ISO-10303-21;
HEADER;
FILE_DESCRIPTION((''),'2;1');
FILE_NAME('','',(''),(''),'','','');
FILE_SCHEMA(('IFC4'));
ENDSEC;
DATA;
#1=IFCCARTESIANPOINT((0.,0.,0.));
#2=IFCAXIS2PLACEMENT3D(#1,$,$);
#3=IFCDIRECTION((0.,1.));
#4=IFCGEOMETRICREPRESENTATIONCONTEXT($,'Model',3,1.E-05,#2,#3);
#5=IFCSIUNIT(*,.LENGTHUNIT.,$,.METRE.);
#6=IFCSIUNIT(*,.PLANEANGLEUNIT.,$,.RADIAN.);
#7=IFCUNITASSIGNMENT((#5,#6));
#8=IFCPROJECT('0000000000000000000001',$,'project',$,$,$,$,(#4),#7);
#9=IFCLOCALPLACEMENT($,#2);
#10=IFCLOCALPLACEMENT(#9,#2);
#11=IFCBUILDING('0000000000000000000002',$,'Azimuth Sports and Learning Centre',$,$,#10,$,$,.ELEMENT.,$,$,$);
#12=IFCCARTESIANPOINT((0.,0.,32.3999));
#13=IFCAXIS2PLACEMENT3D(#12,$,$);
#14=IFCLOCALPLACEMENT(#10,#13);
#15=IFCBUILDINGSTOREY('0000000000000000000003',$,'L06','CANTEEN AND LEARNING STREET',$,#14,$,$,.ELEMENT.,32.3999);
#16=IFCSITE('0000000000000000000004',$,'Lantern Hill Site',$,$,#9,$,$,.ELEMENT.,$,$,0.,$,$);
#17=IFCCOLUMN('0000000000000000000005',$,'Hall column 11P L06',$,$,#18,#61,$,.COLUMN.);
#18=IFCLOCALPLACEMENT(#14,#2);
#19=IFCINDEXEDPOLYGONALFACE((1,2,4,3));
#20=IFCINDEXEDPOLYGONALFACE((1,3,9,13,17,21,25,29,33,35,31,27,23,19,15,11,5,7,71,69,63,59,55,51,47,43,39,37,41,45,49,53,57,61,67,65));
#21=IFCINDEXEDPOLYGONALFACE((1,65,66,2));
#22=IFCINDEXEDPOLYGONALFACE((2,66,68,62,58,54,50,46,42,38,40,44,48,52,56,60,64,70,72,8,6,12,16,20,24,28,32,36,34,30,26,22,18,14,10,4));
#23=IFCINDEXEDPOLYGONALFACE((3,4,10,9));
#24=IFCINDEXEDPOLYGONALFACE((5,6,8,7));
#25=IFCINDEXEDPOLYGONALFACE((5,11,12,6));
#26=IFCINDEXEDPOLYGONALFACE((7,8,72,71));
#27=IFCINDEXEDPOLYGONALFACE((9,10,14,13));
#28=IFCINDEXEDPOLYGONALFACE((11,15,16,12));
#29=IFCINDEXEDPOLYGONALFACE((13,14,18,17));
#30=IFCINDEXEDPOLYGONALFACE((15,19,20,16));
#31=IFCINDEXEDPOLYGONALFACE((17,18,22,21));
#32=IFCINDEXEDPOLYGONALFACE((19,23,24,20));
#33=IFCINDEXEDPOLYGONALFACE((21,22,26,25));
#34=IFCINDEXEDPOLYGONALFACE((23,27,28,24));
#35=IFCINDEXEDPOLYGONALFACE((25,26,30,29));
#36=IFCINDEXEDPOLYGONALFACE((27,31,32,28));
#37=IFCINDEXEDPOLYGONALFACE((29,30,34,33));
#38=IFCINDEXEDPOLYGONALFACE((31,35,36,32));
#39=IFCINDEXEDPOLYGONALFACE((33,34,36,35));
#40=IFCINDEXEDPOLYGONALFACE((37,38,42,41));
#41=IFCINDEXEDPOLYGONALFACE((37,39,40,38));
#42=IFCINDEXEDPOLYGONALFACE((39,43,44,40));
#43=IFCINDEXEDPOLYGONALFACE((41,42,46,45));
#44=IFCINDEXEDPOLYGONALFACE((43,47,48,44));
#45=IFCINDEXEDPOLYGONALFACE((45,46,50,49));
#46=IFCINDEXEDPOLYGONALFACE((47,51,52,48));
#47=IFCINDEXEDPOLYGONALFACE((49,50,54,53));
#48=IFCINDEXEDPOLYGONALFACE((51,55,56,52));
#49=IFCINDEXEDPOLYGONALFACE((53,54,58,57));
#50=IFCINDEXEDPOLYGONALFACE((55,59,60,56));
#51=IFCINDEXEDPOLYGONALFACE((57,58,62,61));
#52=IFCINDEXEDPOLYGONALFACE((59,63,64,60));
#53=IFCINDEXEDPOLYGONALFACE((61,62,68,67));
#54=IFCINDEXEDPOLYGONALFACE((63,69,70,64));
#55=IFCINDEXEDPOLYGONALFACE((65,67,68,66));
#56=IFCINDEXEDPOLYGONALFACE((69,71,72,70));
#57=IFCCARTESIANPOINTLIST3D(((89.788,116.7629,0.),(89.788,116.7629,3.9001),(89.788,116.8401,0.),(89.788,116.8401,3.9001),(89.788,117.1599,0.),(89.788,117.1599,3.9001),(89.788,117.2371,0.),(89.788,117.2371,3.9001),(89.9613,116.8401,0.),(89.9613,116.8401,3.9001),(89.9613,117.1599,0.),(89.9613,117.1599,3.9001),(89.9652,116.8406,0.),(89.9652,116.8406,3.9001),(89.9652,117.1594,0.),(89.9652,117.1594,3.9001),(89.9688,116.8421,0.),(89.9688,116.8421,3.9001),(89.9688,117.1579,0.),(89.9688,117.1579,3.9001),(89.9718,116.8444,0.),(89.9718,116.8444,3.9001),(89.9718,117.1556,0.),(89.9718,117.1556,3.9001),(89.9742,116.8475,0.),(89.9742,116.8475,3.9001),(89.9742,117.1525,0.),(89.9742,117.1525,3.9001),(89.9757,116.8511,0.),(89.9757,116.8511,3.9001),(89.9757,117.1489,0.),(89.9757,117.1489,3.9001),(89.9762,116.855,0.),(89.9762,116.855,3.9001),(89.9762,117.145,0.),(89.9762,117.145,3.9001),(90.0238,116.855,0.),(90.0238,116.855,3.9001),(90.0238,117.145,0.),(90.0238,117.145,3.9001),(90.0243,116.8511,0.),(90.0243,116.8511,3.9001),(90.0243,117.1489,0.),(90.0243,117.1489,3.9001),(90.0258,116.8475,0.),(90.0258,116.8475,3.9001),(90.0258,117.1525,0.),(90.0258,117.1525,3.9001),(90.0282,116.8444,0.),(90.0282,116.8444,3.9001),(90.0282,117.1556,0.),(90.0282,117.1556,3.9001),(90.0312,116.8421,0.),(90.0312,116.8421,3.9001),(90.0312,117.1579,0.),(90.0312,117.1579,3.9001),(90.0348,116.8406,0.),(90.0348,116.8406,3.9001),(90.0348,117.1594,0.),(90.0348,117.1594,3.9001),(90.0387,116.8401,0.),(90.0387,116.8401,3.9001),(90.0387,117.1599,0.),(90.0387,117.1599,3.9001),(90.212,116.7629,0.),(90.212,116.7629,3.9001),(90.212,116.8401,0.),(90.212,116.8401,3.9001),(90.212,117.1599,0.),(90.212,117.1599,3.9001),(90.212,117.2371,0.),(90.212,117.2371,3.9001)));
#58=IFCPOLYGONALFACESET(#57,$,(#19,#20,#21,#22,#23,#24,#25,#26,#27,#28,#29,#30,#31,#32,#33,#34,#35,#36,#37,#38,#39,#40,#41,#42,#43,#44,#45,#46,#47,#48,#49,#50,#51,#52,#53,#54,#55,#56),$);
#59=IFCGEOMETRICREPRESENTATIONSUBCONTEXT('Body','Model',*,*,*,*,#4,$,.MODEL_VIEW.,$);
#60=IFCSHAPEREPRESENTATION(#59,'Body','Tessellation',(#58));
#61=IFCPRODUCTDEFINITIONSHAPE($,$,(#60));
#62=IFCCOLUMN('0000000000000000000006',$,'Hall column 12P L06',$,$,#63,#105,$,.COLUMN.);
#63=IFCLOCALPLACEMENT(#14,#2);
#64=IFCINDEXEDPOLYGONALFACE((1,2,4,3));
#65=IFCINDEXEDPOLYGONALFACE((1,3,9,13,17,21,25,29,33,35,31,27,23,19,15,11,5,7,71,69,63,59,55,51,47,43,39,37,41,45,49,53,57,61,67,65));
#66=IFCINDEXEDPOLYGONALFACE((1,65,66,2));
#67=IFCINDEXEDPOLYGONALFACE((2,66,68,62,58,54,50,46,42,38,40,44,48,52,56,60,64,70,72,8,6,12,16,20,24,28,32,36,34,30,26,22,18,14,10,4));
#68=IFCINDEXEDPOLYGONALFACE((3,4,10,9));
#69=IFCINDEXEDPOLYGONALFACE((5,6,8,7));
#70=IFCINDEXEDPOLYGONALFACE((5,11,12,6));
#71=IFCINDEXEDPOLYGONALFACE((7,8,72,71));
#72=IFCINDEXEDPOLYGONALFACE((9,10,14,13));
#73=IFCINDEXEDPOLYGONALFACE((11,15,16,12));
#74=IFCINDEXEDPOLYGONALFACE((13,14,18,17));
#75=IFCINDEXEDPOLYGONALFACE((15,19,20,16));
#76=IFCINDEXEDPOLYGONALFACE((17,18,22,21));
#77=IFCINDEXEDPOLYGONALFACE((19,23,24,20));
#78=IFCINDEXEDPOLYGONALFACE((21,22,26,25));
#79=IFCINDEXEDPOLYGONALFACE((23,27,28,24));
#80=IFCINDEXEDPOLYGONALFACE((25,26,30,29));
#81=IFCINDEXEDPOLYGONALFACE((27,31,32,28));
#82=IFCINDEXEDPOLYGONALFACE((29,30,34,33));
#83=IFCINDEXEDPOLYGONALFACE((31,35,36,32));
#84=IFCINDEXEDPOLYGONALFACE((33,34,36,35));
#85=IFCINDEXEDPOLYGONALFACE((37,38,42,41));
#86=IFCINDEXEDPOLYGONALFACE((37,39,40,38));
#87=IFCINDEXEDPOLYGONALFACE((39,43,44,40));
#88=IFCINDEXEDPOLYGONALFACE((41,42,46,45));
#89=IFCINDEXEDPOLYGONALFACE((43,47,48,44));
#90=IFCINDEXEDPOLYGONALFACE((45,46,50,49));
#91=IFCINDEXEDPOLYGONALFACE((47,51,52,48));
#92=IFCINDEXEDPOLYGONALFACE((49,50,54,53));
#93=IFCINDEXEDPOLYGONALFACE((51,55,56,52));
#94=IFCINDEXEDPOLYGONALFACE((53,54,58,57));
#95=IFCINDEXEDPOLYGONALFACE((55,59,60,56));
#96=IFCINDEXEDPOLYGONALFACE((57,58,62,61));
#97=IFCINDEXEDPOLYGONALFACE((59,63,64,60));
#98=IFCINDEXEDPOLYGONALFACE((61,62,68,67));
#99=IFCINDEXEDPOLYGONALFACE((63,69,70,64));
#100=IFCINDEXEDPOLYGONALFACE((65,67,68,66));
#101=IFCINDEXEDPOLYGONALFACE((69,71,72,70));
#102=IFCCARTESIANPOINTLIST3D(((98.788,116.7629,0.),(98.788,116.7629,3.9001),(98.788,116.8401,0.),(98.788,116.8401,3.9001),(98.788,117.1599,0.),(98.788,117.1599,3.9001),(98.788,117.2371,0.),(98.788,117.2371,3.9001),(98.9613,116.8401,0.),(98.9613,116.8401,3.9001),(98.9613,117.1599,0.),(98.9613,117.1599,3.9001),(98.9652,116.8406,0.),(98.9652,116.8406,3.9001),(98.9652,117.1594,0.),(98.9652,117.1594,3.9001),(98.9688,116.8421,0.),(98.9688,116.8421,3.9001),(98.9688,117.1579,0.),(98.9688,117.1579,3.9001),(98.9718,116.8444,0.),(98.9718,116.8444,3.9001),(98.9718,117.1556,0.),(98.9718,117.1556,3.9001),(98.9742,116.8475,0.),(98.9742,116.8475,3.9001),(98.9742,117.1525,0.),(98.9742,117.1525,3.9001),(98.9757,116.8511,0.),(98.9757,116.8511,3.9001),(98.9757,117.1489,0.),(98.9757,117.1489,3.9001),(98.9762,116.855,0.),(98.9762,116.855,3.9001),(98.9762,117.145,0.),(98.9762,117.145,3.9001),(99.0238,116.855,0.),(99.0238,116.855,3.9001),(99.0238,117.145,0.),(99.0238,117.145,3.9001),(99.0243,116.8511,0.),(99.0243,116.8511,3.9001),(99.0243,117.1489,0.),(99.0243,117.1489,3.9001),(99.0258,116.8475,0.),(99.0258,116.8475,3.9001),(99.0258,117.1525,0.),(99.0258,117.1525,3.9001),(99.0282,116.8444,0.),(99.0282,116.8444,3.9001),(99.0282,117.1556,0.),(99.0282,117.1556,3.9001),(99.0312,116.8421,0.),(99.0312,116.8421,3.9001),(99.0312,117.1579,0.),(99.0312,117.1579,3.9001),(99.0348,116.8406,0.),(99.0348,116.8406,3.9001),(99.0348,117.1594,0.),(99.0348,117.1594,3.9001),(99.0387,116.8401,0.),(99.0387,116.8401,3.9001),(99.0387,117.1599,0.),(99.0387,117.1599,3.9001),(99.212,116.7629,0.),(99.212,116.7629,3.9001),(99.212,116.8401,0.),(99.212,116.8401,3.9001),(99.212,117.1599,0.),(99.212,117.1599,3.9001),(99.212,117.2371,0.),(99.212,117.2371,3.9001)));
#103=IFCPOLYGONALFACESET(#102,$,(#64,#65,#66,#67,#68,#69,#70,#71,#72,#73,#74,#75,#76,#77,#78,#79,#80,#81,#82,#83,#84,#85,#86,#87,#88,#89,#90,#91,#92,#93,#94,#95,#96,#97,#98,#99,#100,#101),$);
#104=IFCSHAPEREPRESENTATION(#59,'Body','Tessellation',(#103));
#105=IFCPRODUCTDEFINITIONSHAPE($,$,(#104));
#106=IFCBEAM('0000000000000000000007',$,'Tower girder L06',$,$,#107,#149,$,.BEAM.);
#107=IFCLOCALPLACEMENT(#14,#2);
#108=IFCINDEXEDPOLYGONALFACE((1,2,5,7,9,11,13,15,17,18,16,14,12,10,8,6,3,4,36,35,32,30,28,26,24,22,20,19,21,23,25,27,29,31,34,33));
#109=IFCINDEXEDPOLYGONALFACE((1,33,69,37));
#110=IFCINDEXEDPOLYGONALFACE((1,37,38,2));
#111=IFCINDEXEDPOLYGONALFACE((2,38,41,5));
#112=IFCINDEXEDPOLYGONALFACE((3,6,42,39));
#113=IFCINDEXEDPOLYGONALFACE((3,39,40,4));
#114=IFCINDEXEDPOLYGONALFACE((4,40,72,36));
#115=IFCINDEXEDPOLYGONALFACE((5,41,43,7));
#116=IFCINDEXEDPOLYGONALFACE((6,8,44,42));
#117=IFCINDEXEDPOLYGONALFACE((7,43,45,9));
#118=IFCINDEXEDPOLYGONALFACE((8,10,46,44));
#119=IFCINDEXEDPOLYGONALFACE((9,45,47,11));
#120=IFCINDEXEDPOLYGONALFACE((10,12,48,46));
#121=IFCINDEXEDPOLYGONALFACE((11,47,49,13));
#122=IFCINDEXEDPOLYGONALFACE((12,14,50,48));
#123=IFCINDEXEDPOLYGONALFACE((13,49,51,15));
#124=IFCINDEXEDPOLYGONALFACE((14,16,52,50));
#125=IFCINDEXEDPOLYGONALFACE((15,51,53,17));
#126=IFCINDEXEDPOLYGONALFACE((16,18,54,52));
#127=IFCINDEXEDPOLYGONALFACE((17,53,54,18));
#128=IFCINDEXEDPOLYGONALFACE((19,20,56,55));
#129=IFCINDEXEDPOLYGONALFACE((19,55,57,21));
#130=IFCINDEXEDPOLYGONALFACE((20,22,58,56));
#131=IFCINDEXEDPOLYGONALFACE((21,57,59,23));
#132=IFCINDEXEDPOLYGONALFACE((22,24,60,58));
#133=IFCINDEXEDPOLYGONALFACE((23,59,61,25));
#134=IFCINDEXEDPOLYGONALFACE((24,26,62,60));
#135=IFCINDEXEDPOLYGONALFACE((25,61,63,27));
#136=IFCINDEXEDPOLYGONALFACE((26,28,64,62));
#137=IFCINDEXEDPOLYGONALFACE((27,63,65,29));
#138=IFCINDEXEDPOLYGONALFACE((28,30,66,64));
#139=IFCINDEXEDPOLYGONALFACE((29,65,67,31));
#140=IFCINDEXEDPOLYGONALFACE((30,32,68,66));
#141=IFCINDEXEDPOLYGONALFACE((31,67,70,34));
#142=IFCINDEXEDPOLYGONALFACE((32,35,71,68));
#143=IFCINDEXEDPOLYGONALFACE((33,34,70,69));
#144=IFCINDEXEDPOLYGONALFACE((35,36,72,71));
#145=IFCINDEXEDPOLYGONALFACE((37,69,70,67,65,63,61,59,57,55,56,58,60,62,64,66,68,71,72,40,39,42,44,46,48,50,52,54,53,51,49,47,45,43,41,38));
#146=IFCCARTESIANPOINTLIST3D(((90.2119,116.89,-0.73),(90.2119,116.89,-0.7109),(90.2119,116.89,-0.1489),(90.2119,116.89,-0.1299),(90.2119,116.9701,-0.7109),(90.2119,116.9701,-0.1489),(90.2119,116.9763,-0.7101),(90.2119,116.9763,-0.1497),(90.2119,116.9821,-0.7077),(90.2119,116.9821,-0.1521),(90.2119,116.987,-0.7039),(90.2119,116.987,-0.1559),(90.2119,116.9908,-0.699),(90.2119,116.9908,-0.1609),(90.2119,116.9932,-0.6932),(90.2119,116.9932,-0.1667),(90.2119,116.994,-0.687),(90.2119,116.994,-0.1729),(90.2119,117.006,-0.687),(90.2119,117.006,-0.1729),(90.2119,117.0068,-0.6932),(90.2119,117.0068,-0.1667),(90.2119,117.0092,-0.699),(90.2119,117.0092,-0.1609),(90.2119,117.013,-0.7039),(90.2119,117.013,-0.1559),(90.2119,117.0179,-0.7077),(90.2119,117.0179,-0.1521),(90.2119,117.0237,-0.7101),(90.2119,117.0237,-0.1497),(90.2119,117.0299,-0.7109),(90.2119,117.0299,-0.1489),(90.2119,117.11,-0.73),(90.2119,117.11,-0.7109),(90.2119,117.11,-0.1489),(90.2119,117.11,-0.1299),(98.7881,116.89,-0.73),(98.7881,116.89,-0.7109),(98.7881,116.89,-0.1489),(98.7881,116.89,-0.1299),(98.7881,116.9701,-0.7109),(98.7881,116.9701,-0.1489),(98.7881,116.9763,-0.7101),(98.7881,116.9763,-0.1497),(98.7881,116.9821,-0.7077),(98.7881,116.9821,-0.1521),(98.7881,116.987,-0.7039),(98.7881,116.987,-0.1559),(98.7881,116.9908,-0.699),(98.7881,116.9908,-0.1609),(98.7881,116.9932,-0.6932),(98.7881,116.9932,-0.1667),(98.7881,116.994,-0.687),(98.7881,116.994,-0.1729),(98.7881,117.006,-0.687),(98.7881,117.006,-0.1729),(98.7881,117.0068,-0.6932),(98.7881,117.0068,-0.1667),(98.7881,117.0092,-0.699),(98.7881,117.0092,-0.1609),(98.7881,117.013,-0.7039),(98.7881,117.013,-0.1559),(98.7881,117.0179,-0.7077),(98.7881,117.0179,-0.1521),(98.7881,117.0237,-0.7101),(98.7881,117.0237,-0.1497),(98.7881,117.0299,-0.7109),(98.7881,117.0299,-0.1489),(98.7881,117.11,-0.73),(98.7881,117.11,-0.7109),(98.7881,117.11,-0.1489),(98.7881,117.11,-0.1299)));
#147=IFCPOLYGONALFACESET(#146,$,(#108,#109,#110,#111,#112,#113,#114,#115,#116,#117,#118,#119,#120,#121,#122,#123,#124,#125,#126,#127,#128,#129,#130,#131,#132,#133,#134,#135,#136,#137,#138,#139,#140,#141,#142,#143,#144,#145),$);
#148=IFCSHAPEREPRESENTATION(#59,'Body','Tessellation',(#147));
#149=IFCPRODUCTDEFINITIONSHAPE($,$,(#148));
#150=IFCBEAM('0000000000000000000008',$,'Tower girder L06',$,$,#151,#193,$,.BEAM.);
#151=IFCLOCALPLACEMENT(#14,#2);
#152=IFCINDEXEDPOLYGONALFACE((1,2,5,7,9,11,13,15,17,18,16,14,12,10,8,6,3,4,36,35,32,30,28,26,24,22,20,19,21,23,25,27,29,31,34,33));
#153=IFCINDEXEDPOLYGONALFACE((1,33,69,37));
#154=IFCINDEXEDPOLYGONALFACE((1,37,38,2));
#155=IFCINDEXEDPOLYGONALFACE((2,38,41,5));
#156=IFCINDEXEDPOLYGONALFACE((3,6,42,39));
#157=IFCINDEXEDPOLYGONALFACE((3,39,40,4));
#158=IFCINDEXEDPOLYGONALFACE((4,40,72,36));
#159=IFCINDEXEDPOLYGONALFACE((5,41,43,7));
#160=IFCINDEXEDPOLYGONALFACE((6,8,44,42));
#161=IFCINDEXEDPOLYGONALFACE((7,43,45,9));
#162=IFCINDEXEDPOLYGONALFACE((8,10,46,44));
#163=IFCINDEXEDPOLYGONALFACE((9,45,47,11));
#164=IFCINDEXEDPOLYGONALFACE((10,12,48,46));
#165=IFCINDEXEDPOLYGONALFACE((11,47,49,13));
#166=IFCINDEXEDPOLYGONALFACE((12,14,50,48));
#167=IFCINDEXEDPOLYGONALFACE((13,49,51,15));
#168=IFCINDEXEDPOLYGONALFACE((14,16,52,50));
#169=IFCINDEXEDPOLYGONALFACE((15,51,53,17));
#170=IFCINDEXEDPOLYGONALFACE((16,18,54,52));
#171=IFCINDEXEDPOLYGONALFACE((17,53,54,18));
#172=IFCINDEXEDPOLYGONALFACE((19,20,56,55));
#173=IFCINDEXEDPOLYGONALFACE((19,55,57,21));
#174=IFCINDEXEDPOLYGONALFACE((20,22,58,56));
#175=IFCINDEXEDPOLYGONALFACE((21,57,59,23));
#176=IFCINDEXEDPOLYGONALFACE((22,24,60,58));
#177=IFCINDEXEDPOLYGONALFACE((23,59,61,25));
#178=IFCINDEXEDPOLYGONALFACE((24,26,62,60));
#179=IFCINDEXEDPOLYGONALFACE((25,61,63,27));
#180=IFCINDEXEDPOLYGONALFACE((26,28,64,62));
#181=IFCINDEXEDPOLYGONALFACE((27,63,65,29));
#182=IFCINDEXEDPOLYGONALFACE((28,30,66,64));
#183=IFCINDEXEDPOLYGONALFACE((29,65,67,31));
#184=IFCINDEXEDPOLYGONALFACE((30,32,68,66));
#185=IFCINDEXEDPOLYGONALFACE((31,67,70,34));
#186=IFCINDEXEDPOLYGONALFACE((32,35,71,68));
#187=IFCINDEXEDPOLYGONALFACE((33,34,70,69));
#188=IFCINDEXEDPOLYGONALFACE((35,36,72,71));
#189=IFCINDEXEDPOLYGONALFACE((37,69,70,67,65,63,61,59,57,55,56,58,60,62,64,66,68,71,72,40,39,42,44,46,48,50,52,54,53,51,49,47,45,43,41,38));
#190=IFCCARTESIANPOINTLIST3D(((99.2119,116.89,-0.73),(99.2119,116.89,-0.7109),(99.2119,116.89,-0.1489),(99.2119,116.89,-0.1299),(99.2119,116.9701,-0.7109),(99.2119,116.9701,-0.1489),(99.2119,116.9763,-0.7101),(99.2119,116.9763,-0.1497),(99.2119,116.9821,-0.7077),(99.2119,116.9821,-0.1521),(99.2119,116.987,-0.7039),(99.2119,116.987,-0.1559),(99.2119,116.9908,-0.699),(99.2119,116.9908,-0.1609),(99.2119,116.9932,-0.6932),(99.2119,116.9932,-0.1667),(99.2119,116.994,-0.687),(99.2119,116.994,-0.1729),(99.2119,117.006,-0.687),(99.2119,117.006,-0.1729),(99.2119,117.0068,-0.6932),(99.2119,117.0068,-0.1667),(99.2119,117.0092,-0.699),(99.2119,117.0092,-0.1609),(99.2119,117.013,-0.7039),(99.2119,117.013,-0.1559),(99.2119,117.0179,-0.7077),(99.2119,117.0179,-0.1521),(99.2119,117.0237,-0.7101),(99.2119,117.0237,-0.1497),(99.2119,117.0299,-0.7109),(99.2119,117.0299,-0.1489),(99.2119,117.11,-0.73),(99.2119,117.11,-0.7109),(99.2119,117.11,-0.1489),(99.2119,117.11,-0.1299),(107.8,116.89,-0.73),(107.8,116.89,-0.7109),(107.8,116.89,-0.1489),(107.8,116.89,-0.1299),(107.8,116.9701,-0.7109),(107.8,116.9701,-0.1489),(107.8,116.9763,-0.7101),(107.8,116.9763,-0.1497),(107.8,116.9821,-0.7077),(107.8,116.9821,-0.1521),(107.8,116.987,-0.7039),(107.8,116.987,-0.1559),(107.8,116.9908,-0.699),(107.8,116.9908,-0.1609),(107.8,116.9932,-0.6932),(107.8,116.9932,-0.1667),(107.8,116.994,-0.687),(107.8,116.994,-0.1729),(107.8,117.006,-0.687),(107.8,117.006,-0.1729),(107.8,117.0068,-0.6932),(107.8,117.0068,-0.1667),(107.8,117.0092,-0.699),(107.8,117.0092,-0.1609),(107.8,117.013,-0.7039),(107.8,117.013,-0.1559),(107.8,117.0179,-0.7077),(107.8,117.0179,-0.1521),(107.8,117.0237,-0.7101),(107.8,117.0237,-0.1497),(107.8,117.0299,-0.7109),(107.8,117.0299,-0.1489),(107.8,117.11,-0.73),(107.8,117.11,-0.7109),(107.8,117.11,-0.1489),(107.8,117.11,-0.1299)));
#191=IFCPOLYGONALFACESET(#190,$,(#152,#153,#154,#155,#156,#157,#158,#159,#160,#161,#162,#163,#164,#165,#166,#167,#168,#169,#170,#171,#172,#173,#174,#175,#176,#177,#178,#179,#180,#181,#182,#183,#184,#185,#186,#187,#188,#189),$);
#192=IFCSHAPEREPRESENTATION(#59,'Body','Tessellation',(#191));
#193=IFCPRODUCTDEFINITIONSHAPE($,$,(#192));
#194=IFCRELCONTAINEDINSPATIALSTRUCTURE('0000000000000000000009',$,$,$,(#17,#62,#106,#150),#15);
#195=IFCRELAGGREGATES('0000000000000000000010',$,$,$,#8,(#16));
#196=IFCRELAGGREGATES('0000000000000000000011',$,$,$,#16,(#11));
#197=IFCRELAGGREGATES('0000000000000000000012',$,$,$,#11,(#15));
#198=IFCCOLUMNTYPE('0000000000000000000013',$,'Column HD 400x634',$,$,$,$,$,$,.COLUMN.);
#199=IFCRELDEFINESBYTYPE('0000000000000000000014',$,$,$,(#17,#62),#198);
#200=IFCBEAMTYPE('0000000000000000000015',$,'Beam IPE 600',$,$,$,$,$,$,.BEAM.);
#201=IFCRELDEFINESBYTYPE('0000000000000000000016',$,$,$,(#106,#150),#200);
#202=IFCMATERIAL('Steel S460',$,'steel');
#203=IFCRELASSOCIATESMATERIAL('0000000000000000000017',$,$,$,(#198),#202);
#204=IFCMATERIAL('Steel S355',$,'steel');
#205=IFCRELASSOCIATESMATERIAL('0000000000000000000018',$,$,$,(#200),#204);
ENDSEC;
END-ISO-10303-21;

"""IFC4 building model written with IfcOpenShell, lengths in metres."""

from ifc_helpers import new_model, si_unit, direction, frame, origin, origin_2d, place, context, subcontext, project, spatial, i_section, extrude, material, material_profile, profile_set, type_object, element, save


model = new_model("IFC4")

# Units and contexts
model_context = context("Model", 3, precision=1e-05, world=origin(), true_north=direction((0.0, 1.0)))
body_context = subcontext(model_context, "Body", "Model", "MODEL_VIEW")
ifc_project = project(units=[si_unit("LENGTHUNIT", "METRE"), si_unit("PLANEANGLEUNIT", "RADIAN")], contexts=[model_context])

# Site, building, storey
site_placement = place(None, origin())
site = spatial("IfcSite", under=ifc_project, at=site_placement, Name="Lantern Hill Site", CompositionType="ELEMENT", RefElevation=0.0)
building_placement = place(site_placement, origin())
building = spatial("IfcBuilding", under=site, at=building_placement, Name="Azimuth Sports and Learning Centre", CompositionType="ELEMENT")
storey_placement = place(building_placement, frame((0.0, 0.0, 32.3999)))
storey = spatial("IfcBuildingStorey", under=building, at=storey_placement, Name="L06", Description="CANTEEN AND LEARNING STREET", CompositionType="ELEMENT", Elevation=32.3999)

# Columns
ifc_material_1 = material(Name="Steel S460", Category="steel")
ifc_material_profile_1 = material_profile(ifc_material_1, i_section(OverallWidth=0.4241, OverallDepth=0.4741, WebThickness=0.0476, FlangeThickness=0.0771, FilletRadius=0.0149, at=origin_2d()), Name="HD 400x634")
ifc_profile_set_1 = profile_set([ifc_material_profile_1], Name="Steel S460")
column_type = type_object("IfcColumnType", Name="Column HD 400x634", PredefinedType="COLUMN", material=ifc_profile_set_1)
for number, where, z_axis, x_axis, name in (
    (1, (90.0, 117.0, 0.0), (0.0, 0.0, 1.0), (1.0, 0.0, 0.0), "Hall column 11P L06"),
    (2, (99.0, 117.0, 0.0), (0.0, 0.0, 1.0), (1.0, 0.0, 0.0), "Hall column 12P L06"),
):
    element("IfcColumn", number, at=place(storey_placement, frame(where, z_axis=z_axis, x_axis=x_axis)), inside=storey, type_object=column_type, Name=name, PredefinedType="COLUMN", context=body_context, shape_type="SweptSolid", body=[
        extrude(i_section(OverallWidth=0.4241, OverallDepth=0.4741, WebThickness=0.0476, FlangeThickness=0.0771, FilletRadius=0.0149, at=origin_2d()), origin(), (0.0, 0.0, 1.0), 3.9001),
    ])

# Beams
ifc_material_2 = material(Name="Steel S355", Category="steel")
ifc_material_profile_2 = material_profile(ifc_material_2, i_section(OverallWidth=0.22, OverallDepth=0.6001, WebThickness=0.012, FlangeThickness=0.019, FilletRadius=0.0239, at=origin_2d()), Name="IPE 600")
ifc_profile_set_2 = profile_set([ifc_material_profile_2], Name="Steel S355")
beam_type_1 = type_object("IfcBeamType", Name="Beam IPE 600", PredefinedType="BEAM", material=ifc_profile_set_2)
beam_1_placement = place(storey_placement, frame((90.2119, 117.0, -0.4299), z_axis=(1.0, 0.0, 0.0), x_axis=(0.0, 1.0, 0.0)))
element("IfcBeam", 3, at=beam_1_placement, inside=storey, type_object=beam_type_1, Name="Tower girder L06", PredefinedType="BEAM", context=body_context, shape_type="SweptSolid", body=[
    extrude(i_section(OverallWidth=0.22, OverallDepth=0.6001, WebThickness=0.012, FlangeThickness=0.019, FilletRadius=0.0239, at=origin_2d()), origin(), (0.0, 0.0, 1.0), 8.5762),
])
beam_2_placement = place(storey_placement, frame((99.2119, 117.0, -0.4299), z_axis=(1.0, 0.0, 0.0), x_axis=(0.0, 1.0, 0.0)))
element("IfcBeam", 4, at=beam_2_placement, inside=storey, type_object=beam_type_1, Name="Tower girder L06", PredefinedType="BEAM", context=body_context, shape_type="SweptSolid", body=[
    extrude(i_section(OverallWidth=0.22, OverallDepth=0.6001, WebThickness=0.012, FlangeThickness=0.019, FilletRadius=0.0239, at=origin_2d()), origin(), (0.0, 0.0, 1.0), 8.5881),
])

save(model, "model.ifc")
